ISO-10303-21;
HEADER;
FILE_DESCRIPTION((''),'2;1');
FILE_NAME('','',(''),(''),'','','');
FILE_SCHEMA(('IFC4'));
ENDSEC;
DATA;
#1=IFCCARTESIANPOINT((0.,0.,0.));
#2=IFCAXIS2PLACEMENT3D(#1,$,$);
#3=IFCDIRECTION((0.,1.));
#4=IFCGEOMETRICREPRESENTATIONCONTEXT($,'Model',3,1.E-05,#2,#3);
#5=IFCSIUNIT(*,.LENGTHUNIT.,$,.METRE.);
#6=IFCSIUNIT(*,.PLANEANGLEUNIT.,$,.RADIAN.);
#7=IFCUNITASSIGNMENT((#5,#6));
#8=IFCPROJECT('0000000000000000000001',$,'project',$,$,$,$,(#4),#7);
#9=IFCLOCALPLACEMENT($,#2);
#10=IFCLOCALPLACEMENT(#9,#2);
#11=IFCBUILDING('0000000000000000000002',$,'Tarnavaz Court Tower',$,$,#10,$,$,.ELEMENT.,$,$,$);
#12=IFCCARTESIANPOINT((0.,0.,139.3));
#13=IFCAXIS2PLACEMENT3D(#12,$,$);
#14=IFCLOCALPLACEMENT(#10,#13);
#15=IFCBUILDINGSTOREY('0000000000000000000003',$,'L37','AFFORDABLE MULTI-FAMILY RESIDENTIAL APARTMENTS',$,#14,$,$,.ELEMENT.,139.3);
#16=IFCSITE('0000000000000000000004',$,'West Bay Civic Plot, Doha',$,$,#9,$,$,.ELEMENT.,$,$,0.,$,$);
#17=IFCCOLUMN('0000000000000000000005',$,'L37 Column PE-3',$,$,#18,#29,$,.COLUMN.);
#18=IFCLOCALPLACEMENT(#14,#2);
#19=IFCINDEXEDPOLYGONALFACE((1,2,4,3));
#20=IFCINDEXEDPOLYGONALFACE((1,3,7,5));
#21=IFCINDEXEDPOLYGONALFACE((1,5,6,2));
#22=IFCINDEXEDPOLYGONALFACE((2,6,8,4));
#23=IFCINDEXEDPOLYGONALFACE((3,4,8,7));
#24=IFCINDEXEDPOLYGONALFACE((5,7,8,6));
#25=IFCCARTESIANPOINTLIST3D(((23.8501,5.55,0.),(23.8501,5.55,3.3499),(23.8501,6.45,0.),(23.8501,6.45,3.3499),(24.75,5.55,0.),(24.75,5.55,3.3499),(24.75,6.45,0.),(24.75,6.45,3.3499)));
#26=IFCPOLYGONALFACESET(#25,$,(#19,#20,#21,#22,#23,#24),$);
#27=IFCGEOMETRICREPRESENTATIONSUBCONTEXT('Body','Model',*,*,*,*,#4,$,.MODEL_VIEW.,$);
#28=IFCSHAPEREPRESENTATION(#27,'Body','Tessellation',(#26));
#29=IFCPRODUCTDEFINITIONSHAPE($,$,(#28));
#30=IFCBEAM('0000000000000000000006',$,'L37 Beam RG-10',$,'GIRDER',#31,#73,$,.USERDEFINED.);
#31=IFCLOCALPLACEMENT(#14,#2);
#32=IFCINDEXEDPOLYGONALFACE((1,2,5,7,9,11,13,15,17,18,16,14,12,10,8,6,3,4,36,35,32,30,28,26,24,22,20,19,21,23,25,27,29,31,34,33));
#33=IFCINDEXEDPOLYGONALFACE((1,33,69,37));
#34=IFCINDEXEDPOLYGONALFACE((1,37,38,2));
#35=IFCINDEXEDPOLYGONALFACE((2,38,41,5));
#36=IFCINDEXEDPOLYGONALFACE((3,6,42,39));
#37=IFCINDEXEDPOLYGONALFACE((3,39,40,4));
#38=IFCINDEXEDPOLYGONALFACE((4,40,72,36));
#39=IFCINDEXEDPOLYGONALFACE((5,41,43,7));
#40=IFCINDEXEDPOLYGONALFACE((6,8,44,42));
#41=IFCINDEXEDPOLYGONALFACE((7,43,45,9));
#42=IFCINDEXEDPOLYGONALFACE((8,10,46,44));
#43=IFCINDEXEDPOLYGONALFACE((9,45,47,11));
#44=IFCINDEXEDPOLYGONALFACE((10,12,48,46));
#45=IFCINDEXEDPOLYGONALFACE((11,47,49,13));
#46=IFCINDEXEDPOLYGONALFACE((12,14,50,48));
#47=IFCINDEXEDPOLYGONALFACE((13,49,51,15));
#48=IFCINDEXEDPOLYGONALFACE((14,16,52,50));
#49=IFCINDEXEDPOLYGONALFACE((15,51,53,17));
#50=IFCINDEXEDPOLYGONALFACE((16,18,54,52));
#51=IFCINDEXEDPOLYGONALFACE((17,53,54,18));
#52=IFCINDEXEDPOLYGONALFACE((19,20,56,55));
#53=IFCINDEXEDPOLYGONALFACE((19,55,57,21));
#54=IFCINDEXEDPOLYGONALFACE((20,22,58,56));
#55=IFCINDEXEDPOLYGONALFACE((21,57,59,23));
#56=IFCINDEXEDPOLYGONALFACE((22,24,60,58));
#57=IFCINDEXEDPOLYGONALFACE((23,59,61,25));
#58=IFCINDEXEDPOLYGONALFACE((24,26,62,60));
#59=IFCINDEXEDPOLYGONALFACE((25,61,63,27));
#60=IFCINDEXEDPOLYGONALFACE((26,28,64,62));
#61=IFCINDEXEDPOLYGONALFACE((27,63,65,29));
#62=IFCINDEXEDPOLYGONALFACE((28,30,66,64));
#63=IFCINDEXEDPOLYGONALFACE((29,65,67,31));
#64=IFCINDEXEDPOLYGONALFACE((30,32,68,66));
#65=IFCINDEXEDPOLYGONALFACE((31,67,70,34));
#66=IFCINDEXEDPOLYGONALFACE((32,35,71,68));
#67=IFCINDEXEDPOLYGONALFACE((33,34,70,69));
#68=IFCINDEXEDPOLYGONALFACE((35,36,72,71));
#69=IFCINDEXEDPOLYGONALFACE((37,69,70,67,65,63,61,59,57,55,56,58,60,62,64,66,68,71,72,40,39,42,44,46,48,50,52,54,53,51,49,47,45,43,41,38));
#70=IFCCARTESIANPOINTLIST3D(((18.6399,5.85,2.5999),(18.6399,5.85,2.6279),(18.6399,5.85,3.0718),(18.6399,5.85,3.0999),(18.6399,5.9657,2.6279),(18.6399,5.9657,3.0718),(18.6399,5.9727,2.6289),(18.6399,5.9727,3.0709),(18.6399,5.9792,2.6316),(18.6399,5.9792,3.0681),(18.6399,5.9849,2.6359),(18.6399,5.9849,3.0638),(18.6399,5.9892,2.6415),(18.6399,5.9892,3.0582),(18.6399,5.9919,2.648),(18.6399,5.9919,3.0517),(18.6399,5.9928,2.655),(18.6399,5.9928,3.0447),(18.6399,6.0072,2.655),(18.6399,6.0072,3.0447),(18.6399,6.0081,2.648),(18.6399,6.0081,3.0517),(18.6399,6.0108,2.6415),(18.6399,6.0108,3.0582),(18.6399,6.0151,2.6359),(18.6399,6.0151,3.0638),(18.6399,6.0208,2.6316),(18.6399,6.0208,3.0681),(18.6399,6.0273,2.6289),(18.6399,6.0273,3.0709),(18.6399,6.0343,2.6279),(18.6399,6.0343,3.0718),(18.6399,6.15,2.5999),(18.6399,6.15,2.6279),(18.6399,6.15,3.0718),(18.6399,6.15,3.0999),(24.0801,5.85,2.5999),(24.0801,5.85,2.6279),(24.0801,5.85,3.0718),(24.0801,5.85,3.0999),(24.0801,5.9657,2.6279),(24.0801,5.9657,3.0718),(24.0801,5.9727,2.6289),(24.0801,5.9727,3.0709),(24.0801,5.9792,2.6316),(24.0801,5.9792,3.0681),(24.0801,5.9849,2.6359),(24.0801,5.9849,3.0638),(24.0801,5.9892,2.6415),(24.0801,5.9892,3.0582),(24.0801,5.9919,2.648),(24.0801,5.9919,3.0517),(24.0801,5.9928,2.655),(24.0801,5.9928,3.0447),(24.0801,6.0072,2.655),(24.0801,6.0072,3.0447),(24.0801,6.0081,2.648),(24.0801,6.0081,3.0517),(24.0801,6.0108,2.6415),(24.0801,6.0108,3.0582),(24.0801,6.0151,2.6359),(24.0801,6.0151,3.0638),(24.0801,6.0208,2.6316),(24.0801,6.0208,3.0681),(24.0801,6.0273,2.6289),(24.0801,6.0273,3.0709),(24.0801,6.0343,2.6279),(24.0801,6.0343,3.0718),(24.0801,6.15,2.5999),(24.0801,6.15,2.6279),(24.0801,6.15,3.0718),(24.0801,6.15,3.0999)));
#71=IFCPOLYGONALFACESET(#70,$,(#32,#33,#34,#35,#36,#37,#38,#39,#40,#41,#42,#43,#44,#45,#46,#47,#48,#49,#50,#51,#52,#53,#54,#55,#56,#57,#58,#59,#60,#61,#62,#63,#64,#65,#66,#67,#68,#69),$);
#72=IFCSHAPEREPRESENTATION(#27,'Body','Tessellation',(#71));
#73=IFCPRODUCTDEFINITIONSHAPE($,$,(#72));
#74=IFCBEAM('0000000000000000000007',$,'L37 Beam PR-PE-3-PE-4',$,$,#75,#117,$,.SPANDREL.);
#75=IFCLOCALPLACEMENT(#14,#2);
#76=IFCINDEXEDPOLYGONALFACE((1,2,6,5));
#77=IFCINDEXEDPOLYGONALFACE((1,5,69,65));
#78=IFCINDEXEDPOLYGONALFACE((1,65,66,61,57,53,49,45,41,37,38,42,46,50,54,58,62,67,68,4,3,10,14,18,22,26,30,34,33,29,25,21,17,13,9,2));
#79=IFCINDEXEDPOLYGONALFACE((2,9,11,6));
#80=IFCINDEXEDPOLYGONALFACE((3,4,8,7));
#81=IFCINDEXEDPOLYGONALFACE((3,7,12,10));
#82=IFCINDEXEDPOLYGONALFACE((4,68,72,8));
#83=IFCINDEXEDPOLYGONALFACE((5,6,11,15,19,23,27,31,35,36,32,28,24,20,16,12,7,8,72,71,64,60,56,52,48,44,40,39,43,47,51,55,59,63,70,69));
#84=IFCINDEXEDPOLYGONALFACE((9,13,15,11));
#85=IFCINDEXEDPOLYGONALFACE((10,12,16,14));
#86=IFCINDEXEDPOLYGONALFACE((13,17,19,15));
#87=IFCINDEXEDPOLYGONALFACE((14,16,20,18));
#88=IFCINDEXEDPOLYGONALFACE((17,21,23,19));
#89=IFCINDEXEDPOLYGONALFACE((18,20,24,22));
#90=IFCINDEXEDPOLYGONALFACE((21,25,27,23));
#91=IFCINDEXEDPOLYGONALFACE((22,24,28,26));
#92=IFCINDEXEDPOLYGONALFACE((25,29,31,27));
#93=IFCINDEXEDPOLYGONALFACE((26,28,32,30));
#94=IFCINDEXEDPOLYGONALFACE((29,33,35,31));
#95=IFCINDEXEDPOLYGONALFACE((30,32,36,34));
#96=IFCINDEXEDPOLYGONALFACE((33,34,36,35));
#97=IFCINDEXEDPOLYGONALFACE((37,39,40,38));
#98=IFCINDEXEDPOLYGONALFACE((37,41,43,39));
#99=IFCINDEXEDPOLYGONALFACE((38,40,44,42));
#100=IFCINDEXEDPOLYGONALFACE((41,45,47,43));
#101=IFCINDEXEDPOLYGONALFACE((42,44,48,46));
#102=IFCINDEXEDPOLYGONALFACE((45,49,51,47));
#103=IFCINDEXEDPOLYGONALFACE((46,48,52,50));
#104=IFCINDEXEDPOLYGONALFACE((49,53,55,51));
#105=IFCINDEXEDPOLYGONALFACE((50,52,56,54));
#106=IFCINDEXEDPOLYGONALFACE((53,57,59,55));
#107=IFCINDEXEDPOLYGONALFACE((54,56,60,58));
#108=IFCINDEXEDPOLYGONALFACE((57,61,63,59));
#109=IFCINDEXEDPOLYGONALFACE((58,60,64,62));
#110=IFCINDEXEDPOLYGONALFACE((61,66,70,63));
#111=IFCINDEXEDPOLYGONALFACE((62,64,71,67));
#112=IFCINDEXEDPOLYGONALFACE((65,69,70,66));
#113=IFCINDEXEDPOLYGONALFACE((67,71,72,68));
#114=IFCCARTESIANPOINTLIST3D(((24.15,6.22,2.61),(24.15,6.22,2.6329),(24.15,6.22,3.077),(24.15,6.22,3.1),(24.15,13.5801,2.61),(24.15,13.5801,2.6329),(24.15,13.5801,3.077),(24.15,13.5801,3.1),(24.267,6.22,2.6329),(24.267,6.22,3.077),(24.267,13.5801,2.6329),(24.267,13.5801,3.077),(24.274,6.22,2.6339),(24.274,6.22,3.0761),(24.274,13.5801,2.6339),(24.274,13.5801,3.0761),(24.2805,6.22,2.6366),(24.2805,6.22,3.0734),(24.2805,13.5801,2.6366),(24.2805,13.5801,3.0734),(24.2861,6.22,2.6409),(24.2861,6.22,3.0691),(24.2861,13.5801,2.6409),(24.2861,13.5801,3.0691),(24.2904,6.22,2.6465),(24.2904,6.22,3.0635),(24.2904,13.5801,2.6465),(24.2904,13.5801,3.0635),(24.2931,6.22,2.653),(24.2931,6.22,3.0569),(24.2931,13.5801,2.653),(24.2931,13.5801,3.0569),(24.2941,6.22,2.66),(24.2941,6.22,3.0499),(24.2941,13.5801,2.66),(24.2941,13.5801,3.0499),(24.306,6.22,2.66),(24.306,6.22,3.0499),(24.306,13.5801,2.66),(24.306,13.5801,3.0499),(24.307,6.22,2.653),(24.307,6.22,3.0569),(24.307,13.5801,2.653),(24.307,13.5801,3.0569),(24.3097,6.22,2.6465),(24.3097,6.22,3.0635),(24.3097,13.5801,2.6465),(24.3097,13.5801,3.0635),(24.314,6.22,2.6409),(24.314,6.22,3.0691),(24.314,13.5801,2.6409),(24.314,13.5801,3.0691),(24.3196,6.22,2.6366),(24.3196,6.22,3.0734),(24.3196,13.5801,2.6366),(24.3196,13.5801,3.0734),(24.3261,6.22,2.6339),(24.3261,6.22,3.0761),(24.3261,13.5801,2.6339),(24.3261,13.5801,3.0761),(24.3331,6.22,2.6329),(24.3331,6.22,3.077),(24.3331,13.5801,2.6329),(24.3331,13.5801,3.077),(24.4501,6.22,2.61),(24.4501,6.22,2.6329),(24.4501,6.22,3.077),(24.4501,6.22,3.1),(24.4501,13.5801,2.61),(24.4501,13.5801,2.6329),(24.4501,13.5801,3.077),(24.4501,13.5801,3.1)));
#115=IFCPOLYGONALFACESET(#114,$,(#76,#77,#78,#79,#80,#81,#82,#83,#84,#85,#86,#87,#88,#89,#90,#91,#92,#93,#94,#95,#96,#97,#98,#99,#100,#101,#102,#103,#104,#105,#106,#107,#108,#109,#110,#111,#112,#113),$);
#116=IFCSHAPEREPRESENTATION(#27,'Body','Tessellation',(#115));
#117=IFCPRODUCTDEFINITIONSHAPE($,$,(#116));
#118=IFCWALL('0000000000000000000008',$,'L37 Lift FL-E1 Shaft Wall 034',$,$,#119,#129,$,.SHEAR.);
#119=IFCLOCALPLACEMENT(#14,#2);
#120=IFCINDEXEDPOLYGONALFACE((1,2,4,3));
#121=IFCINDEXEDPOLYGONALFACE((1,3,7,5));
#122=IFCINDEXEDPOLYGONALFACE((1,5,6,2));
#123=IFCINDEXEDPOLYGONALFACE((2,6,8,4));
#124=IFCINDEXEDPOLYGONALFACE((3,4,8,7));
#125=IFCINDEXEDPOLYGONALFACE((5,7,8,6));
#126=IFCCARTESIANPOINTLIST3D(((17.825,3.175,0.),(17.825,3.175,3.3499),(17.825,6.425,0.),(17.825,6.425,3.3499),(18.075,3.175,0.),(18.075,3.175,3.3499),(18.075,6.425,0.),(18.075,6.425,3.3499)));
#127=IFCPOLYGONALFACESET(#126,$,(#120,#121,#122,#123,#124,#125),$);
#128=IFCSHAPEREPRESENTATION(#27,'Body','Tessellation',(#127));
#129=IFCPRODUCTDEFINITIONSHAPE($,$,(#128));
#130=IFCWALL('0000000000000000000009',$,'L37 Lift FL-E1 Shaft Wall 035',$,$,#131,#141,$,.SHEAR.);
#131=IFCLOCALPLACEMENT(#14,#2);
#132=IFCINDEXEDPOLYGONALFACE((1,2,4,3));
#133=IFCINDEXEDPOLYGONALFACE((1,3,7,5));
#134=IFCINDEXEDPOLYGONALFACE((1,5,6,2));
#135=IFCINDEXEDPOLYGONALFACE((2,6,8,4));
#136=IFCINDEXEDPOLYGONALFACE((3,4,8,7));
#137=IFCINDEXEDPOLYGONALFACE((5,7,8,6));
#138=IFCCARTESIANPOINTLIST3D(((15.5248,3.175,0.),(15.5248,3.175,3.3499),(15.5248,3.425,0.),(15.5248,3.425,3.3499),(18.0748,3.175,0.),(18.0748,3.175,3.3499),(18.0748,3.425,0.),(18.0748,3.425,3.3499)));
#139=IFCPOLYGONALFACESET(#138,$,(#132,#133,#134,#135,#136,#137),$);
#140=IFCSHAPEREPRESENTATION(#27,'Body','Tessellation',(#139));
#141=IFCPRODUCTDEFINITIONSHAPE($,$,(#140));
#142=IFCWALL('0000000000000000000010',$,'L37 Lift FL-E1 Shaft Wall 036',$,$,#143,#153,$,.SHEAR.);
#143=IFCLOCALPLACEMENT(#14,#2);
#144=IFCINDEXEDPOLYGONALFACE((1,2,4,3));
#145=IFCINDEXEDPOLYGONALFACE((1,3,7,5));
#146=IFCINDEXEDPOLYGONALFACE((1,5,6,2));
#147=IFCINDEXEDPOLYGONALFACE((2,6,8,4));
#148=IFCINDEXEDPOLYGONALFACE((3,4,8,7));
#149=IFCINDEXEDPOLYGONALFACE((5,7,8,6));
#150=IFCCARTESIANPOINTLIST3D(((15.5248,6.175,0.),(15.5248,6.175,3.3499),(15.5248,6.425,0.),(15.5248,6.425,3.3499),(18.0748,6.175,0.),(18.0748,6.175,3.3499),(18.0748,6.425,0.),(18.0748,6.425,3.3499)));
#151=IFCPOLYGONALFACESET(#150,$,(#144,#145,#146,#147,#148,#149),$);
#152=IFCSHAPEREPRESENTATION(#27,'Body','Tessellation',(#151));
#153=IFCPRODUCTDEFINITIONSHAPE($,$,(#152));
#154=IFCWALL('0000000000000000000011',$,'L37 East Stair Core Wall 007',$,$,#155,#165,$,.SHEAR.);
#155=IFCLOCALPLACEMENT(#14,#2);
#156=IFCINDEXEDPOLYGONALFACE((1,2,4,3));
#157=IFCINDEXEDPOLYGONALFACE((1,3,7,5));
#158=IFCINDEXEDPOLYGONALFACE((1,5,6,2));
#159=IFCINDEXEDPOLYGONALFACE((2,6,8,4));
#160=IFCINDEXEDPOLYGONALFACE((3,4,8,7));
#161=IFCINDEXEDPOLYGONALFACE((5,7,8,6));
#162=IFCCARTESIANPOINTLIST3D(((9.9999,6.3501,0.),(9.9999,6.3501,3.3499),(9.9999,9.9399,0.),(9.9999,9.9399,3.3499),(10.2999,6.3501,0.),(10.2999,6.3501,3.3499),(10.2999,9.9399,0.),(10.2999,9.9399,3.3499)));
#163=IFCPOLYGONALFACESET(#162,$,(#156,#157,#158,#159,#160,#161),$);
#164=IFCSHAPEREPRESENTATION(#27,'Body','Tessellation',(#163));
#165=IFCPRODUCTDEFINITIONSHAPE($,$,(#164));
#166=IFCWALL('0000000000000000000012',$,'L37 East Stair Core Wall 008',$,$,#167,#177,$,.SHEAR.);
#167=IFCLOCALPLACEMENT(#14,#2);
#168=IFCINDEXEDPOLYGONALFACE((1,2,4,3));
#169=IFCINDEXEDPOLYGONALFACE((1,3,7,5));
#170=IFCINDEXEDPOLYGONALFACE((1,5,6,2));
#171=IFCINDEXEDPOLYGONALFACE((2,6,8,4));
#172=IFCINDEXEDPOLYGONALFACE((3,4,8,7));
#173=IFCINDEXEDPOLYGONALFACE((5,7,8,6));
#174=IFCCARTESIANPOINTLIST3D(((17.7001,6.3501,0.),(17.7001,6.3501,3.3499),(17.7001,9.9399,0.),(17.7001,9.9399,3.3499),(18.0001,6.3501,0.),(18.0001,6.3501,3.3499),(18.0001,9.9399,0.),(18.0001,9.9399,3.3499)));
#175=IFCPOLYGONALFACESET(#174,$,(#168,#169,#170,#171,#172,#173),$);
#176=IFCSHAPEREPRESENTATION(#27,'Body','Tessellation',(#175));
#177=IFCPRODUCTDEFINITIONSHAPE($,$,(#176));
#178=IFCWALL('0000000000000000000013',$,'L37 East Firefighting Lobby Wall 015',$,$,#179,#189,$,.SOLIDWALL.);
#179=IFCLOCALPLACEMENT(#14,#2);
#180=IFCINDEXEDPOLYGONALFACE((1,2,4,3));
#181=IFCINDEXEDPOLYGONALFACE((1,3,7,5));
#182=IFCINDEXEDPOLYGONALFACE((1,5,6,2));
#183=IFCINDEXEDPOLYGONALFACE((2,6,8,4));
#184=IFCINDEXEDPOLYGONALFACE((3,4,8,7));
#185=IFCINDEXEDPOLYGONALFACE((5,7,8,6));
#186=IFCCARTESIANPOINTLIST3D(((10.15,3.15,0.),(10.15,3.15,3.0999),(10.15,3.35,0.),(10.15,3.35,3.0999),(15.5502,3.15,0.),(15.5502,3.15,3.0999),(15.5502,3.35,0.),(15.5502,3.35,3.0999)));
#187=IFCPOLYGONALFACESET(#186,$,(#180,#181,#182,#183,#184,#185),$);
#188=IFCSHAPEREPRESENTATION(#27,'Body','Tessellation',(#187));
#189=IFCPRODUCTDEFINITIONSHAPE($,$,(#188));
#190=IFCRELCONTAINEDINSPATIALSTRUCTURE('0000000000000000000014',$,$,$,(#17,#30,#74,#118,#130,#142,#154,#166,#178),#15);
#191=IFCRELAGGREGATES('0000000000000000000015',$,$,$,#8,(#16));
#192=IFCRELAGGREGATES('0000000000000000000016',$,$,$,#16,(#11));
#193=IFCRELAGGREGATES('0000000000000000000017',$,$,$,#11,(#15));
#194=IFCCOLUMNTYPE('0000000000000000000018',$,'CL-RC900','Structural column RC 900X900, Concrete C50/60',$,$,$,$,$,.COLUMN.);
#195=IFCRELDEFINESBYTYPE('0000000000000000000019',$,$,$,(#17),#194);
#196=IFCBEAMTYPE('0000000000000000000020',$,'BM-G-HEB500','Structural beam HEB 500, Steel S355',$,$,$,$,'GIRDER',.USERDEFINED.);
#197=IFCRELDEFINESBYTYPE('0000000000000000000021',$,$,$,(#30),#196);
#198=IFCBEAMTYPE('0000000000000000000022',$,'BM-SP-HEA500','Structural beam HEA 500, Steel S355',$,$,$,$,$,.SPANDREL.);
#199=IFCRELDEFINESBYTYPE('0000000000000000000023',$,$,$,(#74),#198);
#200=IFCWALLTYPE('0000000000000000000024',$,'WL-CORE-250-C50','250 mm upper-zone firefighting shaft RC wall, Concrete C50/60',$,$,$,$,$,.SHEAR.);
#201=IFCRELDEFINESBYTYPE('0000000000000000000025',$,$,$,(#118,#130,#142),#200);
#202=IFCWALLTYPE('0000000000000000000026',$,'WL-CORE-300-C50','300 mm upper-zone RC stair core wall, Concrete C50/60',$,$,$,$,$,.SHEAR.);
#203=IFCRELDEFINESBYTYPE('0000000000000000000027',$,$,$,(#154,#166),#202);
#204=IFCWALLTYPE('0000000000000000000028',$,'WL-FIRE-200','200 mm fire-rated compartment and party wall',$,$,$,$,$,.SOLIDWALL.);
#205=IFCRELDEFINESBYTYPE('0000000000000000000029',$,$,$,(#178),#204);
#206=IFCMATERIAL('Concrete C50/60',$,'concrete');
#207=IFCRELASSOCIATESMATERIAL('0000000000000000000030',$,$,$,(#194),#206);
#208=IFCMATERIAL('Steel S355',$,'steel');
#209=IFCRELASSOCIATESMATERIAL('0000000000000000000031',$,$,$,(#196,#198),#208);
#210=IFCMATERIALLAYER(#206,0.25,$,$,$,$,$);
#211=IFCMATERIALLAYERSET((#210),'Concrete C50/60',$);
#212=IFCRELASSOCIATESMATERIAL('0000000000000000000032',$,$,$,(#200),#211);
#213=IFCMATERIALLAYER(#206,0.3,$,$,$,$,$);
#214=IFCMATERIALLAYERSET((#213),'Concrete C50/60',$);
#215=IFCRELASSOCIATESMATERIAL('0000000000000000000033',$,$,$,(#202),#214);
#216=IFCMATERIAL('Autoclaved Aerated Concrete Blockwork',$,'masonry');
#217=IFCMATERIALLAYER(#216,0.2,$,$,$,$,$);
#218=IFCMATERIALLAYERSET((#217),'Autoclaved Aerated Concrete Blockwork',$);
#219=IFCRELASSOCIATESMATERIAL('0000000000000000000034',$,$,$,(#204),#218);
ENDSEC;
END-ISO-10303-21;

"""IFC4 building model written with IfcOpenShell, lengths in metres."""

from ifc_helpers import new_model, si_unit, direction, frame, frame_2d, origin, origin_2d, place, context, subcontext, project, spatial, rectangle, i_section, extrude, material, layer, layer_set, material_profile, profile_set, type_object, element, save


model = new_model("IFC4")

# Units and contexts
model_context = context("Model", 3, precision=1e-05, world=origin(), true_north=direction((0.0, 1.0)))
body_context = subcontext(model_context, "Body", "Model", "MODEL_VIEW")
ifc_project = project(units=[si_unit("LENGTHUNIT", "METRE"), si_unit("PLANEANGLEUNIT", "RADIAN")], contexts=[model_context])

# Site, building, storey
site_placement = place(None, origin())
site = spatial("IfcSite", under=ifc_project, at=site_placement, Name="West Bay Civic Plot, Doha", CompositionType="ELEMENT", RefElevation=0.0)
building_placement = place(site_placement, origin())
building = spatial("IfcBuilding", under=site, at=building_placement, Name="Tarnavaz Court Tower", CompositionType="ELEMENT")
storey_placement = place(building_placement, frame((0.0, 0.0, 139.3)))
storey = spatial("IfcBuildingStorey", under=building, at=storey_placement, Name="L37", Description="AFFORDABLE MULTI-FAMILY RESIDENTIAL APARTMENTS", CompositionType="ELEMENT", Elevation=139.3)

# Column
ifc_material_1 = material(Name="Concrete C50/60", Category="concrete")
ifc_material_profile_1 = material_profile(ifc_material_1, rectangle(XDim=0.8999, YDim=0.8999, at=origin_2d()), Name="RC 900X900")
ifc_profile_set_1 = profile_set([ifc_material_profile_1], Name="Concrete C50/60")
column_type = type_object("IfcColumnType", Name="CL-RC900", Description="Structural column RC 900X900, Concrete C50/60", PredefinedType="COLUMN", material=ifc_profile_set_1)
column_placement = place(storey_placement, frame((24.3, 6.0, 0.0), z_axis=(0.0, 0.0, 1.0), x_axis=(1.0, 0.0, 0.0)))
element("IfcColumn", 1, at=column_placement, inside=storey, type_object=column_type, Name="L37 Column PE-3", PredefinedType="COLUMN", context=body_context, shape_type="SweptSolid", body=[
    extrude(rectangle(XDim=0.8999, YDim=0.8999, at=origin_2d()), origin(), (0.0, 0.0, 1.0), 3.3499),
])

# Beams
ifc_material_2 = material(Name="Steel S355", Category="steel")
ifc_material_profile_2 = material_profile(ifc_material_2, i_section(OverallWidth=0.3, OverallDepth=0.5, WebThickness=0.0144, FlangeThickness=0.0281, FilletRadius=0.0271, at=origin_2d()), Name="HEB 500")
ifc_profile_set_2 = profile_set([ifc_material_profile_2], Name="Steel S355")
beam_type_1 = type_object("IfcBeamType", Name="BM-G-HEB500", Description="Structural beam HEB 500, Steel S355", ElementType="GIRDER", PredefinedType="USERDEFINED", material=ifc_profile_set_2)
beam_1_placement = place(storey_placement, frame((18.6399, 6.0, 2.8499), z_axis=(1.0, 0.0, 0.0), x_axis=(0.0, 1.0, 0.0)))
element("IfcBeam", 2, at=beam_1_placement, inside=storey, type_object=beam_type_1, Name="L37 Beam RG-10", ObjectType="GIRDER", PredefinedType="USERDEFINED", context=body_context, shape_type="SweptSolid", body=[
    extrude(i_section(OverallWidth=0.3, OverallDepth=0.5, WebThickness=0.0144, FlangeThickness=0.0281, FilletRadius=0.0271, at=origin_2d()), origin(), (0.0, 0.0, 1.0), 5.4402),
])
ifc_material_profile_3 = material_profile(ifc_material_2, i_section(OverallWidth=0.3, OverallDepth=0.49, WebThickness=0.012, FlangeThickness=0.0229, FilletRadius=0.0271, at=origin_2d()), Name="HEA 500")
ifc_profile_set_3 = profile_set([ifc_material_profile_3], Name="Steel S355")
beam_type_2 = type_object("IfcBeamType", Name="BM-SP-HEA500", Description="Structural beam HEA 500, Steel S355", PredefinedType="SPANDREL", material=ifc_profile_set_3)
beam_2_placement = place(storey_placement, frame((24.3, 6.22, 2.855), z_axis=(0.0, 1.0, 0.0), x_axis=(-1.0, 0.0, 0.0)))
element("IfcBeam", 3, at=beam_2_placement, inside=storey, type_object=beam_type_2, Name="L37 Beam PR-PE-3-PE-4", PredefinedType="SPANDREL", context=body_context, shape_type="SweptSolid", body=[
    extrude(i_section(OverallWidth=0.3, OverallDepth=0.49, WebThickness=0.012, FlangeThickness=0.0229, FilletRadius=0.0271, at=origin_2d()), origin(), (0.0, 0.0, 1.0), 7.3601),
])

# Shared definitions
ifc_layer_1 = layer(ifc_material_1, 0.25)
ifc_layer_set_1 = layer_set([ifc_layer_1], Name="Concrete C50/60")
wall_type_1 = type_object("IfcWallType", Name="WL-CORE-250-C50", Description="250 mm upper-zone firefighting shaft RC wall, Concrete C50/60", PredefinedType="SHEAR", material=ifc_layer_set_1)

# Walls
wall_1_placement = place(storey_placement, frame((17.95, 3.175, 0.0), z_axis=(0.0, 0.0, 1.0), x_axis=(0.0, 1.0, 0.0)))
element("IfcWall", 4, at=wall_1_placement, inside=storey, type_object=wall_type_1, Name="L37 Lift FL-E1 Shaft Wall 034", PredefinedType="SHEAR", context=body_context, shape_type="SweptSolid", body=[
    extrude(rectangle(XDim=3.25, YDim=0.25, at=frame_2d((1.625, 0.0))), origin(), (0.0, 0.0, 1.0), 3.3499),
])
for number, where, z_axis, x_axis, name in (
    (5, (15.5249, 3.3, 0.0), (0.0, 0.0, 1.0), (1.0, 0.0, 0.0), "L37 Lift FL-E1 Shaft Wall 035"),
    (6, (15.5249, 6.3, 0.0), (0.0, 0.0, 1.0), (1.0, 0.0, 0.0), "L37 Lift FL-E1 Shaft Wall 036"),
):
    element("IfcWall", number, at=place(storey_placement, frame(where, z_axis=z_axis, x_axis=x_axis)), inside=storey, type_object=wall_type_1, Name=name, PredefinedType="SHEAR", context=body_context, shape_type="SweptSolid", body=[
        extrude(rectangle(XDim=2.55, YDim=0.25, at=frame_2d((1.2749, 0.0))), origin(), (0.0, 0.0, 1.0), 3.3499),
    ])
ifc_layer_2 = layer(ifc_material_1, 0.3)
ifc_layer_set_2 = layer_set([ifc_layer_2], Name="Concrete C50/60")
wall_type_2 = type_object("IfcWallType", Name="WL-CORE-300-C50", Description="300 mm upper-zone RC stair core wall, Concrete C50/60", PredefinedType="SHEAR", material=ifc_layer_set_2)
for number, where, z_axis, x_axis, name in (
    (7, (10.1499, 6.3501, 0.0), (0.0, 0.0, 1.0), (0.0, 1.0, 0.0), "L37 East Stair Core Wall 007"),
    (8, (17.8501, 6.3501, 0.0), (0.0, 0.0, 1.0), (0.0, 1.0, 0.0), "L37 East Stair Core Wall 008"),
):
    element("IfcWall", number, at=place(storey_placement, frame(where, z_axis=z_axis, x_axis=x_axis)), inside=storey, type_object=wall_type_2, Name=name, PredefinedType="SHEAR", context=body_context, shape_type="SweptSolid", body=[
        extrude(rectangle(XDim=3.5898, YDim=0.3, at=frame_2d((1.7949, 0.0))), origin(), (0.0, 0.0, 1.0), 3.3499),
    ])
ifc_material_3 = material(Name="Autoclaved Aerated Concrete Blockwork", Category="masonry")
ifc_layer_3 = layer(ifc_material_3, 0.2)
ifc_layer_set_3 = layer_set([ifc_layer_3], Name="Autoclaved Aerated Concrete Blockwork")
wall_type_3 = type_object("IfcWallType", Name="WL-FIRE-200", Description="200 mm fire-rated compartment and party wall", PredefinedType="SOLIDWALL", material=ifc_layer_set_3)
wall_2_placement = place(storey_placement, frame((10.1499, 3.25, 0.0), z_axis=(0.0, 0.0, 1.0), x_axis=(1.0, 0.0, 0.0)))
element("IfcWall", 9, at=wall_2_placement, inside=storey, type_object=wall_type_3, Name="L37 East Firefighting Lobby Wall 015", PredefinedType="SOLIDWALL", context=body_context, shape_type="SweptSolid", body=[
    extrude(rectangle(XDim=5.4001, YDim=0.2, at=frame_2d((2.7002, 0.0))), origin(), (0.0, 0.0, 1.0), 3.0999),
])

save(model, "model.ifc")
